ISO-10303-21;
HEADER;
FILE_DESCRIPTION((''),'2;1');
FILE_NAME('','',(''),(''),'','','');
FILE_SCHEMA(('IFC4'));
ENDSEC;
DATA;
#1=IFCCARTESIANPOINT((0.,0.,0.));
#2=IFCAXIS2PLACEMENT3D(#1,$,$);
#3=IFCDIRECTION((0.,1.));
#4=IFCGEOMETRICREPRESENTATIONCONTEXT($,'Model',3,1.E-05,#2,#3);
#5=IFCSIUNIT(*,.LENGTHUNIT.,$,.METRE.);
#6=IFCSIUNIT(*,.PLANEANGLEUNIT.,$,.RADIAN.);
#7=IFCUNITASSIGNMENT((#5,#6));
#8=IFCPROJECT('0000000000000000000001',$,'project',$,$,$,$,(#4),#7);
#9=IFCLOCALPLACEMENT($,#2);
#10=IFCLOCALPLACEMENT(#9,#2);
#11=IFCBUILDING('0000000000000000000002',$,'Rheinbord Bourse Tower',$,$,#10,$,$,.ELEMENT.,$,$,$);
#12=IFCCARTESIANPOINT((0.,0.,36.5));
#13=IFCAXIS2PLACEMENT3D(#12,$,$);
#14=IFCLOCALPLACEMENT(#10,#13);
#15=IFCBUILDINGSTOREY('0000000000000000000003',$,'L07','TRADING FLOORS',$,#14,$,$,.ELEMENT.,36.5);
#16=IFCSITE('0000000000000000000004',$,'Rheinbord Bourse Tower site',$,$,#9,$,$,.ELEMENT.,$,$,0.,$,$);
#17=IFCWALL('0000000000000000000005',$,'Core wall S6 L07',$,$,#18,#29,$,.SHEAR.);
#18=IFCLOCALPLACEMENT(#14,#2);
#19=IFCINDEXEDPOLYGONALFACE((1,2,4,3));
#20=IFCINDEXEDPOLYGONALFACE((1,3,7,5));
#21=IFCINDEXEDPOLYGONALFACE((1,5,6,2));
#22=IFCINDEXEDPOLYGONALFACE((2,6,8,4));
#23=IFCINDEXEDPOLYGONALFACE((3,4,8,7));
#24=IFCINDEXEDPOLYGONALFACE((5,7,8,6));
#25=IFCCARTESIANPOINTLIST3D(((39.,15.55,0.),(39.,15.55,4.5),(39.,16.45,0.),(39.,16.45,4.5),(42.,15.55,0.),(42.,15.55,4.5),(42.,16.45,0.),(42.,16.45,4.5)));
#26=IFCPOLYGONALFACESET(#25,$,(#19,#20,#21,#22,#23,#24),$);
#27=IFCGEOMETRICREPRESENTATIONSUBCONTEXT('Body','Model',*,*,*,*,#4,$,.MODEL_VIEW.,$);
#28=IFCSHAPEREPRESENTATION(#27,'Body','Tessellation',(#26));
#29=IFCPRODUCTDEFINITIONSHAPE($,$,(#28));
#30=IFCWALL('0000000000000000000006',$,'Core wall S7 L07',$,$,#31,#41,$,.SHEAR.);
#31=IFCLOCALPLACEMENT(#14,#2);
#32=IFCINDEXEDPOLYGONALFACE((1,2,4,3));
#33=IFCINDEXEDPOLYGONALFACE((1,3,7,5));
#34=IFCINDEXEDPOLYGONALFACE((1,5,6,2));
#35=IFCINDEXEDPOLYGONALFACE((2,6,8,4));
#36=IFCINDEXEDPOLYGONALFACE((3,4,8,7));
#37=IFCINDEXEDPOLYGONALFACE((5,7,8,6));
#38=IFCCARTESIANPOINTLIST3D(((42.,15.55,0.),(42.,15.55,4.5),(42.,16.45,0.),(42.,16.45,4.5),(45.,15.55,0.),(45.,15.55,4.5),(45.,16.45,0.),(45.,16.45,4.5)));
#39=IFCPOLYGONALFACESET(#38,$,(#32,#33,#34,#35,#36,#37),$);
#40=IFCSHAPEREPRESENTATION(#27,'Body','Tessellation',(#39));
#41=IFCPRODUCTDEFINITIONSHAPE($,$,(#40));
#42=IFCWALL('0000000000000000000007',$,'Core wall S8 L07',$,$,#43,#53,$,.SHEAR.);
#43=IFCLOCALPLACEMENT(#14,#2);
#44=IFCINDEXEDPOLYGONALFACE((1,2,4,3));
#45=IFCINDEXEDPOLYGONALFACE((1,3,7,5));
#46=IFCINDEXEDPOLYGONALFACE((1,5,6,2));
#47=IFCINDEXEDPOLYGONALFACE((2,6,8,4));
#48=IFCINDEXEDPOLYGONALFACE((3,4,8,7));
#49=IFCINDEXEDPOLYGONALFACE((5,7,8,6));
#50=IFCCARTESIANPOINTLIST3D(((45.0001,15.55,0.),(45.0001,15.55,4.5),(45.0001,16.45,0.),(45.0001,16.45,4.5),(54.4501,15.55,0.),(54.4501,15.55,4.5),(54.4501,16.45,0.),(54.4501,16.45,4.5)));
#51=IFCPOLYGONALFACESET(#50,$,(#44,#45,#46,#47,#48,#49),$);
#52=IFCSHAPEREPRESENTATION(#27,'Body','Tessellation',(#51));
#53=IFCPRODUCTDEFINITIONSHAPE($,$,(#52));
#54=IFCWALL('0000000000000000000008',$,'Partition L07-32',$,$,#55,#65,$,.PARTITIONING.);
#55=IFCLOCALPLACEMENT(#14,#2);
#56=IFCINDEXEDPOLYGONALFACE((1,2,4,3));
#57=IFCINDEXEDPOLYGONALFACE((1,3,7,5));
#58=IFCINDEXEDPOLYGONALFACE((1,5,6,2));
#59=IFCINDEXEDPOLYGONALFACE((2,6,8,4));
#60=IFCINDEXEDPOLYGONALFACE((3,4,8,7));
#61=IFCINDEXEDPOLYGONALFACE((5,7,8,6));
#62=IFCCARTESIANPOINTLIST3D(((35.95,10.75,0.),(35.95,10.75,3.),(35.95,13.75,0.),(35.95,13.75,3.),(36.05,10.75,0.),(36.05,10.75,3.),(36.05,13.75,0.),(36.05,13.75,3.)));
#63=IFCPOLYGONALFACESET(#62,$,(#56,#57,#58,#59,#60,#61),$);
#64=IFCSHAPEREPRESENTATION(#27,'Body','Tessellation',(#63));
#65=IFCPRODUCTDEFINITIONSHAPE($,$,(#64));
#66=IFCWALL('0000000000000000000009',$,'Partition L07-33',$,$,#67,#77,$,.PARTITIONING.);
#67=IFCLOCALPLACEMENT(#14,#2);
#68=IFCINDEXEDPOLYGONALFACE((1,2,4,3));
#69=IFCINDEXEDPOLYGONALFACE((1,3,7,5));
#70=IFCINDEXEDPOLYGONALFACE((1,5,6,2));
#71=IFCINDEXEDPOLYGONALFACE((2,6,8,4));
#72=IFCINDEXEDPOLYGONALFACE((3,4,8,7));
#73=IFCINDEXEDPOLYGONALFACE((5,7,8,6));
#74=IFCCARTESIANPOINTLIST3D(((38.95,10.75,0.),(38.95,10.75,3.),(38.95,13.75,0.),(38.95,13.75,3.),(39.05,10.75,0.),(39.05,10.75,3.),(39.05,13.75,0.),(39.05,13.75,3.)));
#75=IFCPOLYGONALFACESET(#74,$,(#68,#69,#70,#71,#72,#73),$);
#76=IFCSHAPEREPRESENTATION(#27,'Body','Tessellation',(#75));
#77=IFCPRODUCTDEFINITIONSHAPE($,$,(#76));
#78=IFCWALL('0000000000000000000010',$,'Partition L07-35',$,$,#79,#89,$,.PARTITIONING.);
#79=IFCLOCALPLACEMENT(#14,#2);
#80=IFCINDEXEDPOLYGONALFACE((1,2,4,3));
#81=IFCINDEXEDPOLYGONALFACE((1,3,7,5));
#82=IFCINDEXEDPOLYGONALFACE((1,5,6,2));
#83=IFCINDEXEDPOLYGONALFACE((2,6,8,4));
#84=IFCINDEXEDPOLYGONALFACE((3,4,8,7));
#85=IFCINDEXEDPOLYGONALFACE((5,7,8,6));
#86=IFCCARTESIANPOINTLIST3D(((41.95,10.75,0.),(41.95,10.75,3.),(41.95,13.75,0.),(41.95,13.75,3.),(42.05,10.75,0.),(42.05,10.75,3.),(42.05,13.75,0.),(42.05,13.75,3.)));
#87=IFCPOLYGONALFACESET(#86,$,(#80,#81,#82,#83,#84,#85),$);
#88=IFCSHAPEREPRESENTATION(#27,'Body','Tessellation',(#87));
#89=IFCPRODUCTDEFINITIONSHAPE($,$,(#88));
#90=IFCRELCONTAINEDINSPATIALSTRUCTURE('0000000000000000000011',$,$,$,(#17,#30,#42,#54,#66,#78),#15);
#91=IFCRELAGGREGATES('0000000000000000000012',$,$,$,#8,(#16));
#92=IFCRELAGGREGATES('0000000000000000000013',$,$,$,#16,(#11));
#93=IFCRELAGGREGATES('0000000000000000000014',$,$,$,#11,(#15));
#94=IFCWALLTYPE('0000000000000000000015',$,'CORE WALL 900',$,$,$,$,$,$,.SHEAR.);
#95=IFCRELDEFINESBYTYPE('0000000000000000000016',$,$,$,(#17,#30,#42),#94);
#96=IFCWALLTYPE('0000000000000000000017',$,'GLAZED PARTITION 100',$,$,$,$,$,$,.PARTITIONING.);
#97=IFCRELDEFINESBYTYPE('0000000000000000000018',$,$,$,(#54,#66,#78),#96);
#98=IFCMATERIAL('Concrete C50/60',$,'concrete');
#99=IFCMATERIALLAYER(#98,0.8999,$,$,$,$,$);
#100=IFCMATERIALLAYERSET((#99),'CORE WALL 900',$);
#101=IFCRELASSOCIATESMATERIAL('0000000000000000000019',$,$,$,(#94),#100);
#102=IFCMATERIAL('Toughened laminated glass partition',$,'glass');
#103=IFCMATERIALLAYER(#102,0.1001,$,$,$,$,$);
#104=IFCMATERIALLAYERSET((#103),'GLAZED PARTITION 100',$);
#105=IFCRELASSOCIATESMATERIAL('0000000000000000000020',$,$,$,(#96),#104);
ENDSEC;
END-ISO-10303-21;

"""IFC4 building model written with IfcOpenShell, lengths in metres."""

from ifc_helpers import new_model, si_unit, direction, frame, frame_2d, origin, place, context, subcontext, project, spatial, rectangle, extrude, material, layer, layer_set, type_object, element, save


model = new_model("IFC4")

# Units and contexts
model_context = context("Model", 3, precision=1e-05, world=origin(), true_north=direction((0.0, 1.0)))
body_context = subcontext(model_context, "Body", "Model", "MODEL_VIEW")
ifc_project = project(units=[si_unit("LENGTHUNIT", "METRE"), si_unit("PLANEANGLEUNIT", "RADIAN")], contexts=[model_context])

# Site, building, storey
site_placement = place(None, origin())
site = spatial("IfcSite", under=ifc_project, at=site_placement, Name="Rheinbord Bourse Tower site", CompositionType="ELEMENT", RefElevation=0.0)
building_placement = place(site_placement, origin())
building = spatial("IfcBuilding", under=site, at=building_placement, Name="Rheinbord Bourse Tower", CompositionType="ELEMENT")
storey_placement = place(building_placement, frame((0.0, 0.0, 36.5)))
storey = spatial("IfcBuildingStorey", under=building, at=storey_placement, Name="L07", Description="TRADING FLOORS", CompositionType="ELEMENT", Elevation=36.5)

# Walls
ifc_material_1 = material(Name="Concrete C50/60", Category="concrete")
ifc_layer_1 = layer(ifc_material_1, 0.8999)
ifc_layer_set_1 = layer_set([ifc_layer_1], Name="CORE WALL 900")
wall_type_1 = type_object("IfcWallType", Name="CORE WALL 900", PredefinedType="SHEAR", material=ifc_layer_set_1)
for number, where, z_axis, x_axis, name in (
    (1, (39.0, 16.0, 0.0), (0.0, 0.0, 1.0), (1.0, 0.0, 0.0), "Core wall S6 L07"),
    (2, (42.0, 16.0, 0.0), (0.0, 0.0, 1.0), (1.0, 0.0, 0.0), "Core wall S7 L07"),
):
    element("IfcWall", number, at=place(storey_placement, frame(where, z_axis=z_axis, x_axis=x_axis)), inside=storey, type_object=wall_type_1, Name=name, PredefinedType="SHEAR", context=body_context, shape_type="SweptSolid", body=[
        extrude(rectangle(XDim=3.0, YDim=0.8999, at=frame_2d((1.5, 0.0))), origin(), (0.0, 0.0, 1.0), 4.5),
    ])
wall_1_placement = place(storey_placement, frame((45.0, 16.0, 0.0), z_axis=(0.0, 0.0, 1.0), x_axis=(1.0, 0.0, 0.0)))
element("IfcWall", 3, at=wall_1_placement, inside=storey, type_object=wall_type_1, Name="Core wall S8 L07", PredefinedType="SHEAR", context=body_context, shape_type="SweptSolid", body=[
    extrude(rectangle(XDim=9.45, YDim=0.8999, at=frame_2d((4.7251, 0.0))), origin(), (0.0, 0.0, 1.0), 4.5),
])
ifc_material_2 = material(Name="Toughened laminated glass partition", Category="glass")
ifc_layer_2 = layer(ifc_material_2, 0.1001)
ifc_layer_set_2 = layer_set([ifc_layer_2], Name="GLAZED PARTITION 100")
wall_type_2 = type_object("IfcWallType", Name="GLAZED PARTITION 100", PredefinedType="PARTITIONING", material=ifc_layer_set_2)
for number, where, z_axis, x_axis, name in (
    (4, (36.0, 10.75, 0.0), (0.0, 0.0, 1.0), (0.0, 1.0, 0.0), "Partition L07-32"),
    (5, (39.0, 10.75, 0.0), (0.0, 0.0, 1.0), (0.0, 1.0, 0.0), "Partition L07-33"),
    (6, (42.0, 10.75, 0.0), (0.0, 0.0, 1.0), (0.0, 1.0, 0.0), "Partition L07-35"),
):
    element("IfcWall", number, at=place(storey_placement, frame(where, z_axis=z_axis, x_axis=x_axis)), inside=storey, type_object=wall_type_2, Name=name, PredefinedType="PARTITIONING", context=body_context, shape_type="SweptSolid", body=[
        extrude(rectangle(XDim=3.0, YDim=0.1001, at=frame_2d((1.5, 0.0))), origin(), (0.0, 0.0, 1.0), 3.0),
    ])

save(model, "model.ifc")
